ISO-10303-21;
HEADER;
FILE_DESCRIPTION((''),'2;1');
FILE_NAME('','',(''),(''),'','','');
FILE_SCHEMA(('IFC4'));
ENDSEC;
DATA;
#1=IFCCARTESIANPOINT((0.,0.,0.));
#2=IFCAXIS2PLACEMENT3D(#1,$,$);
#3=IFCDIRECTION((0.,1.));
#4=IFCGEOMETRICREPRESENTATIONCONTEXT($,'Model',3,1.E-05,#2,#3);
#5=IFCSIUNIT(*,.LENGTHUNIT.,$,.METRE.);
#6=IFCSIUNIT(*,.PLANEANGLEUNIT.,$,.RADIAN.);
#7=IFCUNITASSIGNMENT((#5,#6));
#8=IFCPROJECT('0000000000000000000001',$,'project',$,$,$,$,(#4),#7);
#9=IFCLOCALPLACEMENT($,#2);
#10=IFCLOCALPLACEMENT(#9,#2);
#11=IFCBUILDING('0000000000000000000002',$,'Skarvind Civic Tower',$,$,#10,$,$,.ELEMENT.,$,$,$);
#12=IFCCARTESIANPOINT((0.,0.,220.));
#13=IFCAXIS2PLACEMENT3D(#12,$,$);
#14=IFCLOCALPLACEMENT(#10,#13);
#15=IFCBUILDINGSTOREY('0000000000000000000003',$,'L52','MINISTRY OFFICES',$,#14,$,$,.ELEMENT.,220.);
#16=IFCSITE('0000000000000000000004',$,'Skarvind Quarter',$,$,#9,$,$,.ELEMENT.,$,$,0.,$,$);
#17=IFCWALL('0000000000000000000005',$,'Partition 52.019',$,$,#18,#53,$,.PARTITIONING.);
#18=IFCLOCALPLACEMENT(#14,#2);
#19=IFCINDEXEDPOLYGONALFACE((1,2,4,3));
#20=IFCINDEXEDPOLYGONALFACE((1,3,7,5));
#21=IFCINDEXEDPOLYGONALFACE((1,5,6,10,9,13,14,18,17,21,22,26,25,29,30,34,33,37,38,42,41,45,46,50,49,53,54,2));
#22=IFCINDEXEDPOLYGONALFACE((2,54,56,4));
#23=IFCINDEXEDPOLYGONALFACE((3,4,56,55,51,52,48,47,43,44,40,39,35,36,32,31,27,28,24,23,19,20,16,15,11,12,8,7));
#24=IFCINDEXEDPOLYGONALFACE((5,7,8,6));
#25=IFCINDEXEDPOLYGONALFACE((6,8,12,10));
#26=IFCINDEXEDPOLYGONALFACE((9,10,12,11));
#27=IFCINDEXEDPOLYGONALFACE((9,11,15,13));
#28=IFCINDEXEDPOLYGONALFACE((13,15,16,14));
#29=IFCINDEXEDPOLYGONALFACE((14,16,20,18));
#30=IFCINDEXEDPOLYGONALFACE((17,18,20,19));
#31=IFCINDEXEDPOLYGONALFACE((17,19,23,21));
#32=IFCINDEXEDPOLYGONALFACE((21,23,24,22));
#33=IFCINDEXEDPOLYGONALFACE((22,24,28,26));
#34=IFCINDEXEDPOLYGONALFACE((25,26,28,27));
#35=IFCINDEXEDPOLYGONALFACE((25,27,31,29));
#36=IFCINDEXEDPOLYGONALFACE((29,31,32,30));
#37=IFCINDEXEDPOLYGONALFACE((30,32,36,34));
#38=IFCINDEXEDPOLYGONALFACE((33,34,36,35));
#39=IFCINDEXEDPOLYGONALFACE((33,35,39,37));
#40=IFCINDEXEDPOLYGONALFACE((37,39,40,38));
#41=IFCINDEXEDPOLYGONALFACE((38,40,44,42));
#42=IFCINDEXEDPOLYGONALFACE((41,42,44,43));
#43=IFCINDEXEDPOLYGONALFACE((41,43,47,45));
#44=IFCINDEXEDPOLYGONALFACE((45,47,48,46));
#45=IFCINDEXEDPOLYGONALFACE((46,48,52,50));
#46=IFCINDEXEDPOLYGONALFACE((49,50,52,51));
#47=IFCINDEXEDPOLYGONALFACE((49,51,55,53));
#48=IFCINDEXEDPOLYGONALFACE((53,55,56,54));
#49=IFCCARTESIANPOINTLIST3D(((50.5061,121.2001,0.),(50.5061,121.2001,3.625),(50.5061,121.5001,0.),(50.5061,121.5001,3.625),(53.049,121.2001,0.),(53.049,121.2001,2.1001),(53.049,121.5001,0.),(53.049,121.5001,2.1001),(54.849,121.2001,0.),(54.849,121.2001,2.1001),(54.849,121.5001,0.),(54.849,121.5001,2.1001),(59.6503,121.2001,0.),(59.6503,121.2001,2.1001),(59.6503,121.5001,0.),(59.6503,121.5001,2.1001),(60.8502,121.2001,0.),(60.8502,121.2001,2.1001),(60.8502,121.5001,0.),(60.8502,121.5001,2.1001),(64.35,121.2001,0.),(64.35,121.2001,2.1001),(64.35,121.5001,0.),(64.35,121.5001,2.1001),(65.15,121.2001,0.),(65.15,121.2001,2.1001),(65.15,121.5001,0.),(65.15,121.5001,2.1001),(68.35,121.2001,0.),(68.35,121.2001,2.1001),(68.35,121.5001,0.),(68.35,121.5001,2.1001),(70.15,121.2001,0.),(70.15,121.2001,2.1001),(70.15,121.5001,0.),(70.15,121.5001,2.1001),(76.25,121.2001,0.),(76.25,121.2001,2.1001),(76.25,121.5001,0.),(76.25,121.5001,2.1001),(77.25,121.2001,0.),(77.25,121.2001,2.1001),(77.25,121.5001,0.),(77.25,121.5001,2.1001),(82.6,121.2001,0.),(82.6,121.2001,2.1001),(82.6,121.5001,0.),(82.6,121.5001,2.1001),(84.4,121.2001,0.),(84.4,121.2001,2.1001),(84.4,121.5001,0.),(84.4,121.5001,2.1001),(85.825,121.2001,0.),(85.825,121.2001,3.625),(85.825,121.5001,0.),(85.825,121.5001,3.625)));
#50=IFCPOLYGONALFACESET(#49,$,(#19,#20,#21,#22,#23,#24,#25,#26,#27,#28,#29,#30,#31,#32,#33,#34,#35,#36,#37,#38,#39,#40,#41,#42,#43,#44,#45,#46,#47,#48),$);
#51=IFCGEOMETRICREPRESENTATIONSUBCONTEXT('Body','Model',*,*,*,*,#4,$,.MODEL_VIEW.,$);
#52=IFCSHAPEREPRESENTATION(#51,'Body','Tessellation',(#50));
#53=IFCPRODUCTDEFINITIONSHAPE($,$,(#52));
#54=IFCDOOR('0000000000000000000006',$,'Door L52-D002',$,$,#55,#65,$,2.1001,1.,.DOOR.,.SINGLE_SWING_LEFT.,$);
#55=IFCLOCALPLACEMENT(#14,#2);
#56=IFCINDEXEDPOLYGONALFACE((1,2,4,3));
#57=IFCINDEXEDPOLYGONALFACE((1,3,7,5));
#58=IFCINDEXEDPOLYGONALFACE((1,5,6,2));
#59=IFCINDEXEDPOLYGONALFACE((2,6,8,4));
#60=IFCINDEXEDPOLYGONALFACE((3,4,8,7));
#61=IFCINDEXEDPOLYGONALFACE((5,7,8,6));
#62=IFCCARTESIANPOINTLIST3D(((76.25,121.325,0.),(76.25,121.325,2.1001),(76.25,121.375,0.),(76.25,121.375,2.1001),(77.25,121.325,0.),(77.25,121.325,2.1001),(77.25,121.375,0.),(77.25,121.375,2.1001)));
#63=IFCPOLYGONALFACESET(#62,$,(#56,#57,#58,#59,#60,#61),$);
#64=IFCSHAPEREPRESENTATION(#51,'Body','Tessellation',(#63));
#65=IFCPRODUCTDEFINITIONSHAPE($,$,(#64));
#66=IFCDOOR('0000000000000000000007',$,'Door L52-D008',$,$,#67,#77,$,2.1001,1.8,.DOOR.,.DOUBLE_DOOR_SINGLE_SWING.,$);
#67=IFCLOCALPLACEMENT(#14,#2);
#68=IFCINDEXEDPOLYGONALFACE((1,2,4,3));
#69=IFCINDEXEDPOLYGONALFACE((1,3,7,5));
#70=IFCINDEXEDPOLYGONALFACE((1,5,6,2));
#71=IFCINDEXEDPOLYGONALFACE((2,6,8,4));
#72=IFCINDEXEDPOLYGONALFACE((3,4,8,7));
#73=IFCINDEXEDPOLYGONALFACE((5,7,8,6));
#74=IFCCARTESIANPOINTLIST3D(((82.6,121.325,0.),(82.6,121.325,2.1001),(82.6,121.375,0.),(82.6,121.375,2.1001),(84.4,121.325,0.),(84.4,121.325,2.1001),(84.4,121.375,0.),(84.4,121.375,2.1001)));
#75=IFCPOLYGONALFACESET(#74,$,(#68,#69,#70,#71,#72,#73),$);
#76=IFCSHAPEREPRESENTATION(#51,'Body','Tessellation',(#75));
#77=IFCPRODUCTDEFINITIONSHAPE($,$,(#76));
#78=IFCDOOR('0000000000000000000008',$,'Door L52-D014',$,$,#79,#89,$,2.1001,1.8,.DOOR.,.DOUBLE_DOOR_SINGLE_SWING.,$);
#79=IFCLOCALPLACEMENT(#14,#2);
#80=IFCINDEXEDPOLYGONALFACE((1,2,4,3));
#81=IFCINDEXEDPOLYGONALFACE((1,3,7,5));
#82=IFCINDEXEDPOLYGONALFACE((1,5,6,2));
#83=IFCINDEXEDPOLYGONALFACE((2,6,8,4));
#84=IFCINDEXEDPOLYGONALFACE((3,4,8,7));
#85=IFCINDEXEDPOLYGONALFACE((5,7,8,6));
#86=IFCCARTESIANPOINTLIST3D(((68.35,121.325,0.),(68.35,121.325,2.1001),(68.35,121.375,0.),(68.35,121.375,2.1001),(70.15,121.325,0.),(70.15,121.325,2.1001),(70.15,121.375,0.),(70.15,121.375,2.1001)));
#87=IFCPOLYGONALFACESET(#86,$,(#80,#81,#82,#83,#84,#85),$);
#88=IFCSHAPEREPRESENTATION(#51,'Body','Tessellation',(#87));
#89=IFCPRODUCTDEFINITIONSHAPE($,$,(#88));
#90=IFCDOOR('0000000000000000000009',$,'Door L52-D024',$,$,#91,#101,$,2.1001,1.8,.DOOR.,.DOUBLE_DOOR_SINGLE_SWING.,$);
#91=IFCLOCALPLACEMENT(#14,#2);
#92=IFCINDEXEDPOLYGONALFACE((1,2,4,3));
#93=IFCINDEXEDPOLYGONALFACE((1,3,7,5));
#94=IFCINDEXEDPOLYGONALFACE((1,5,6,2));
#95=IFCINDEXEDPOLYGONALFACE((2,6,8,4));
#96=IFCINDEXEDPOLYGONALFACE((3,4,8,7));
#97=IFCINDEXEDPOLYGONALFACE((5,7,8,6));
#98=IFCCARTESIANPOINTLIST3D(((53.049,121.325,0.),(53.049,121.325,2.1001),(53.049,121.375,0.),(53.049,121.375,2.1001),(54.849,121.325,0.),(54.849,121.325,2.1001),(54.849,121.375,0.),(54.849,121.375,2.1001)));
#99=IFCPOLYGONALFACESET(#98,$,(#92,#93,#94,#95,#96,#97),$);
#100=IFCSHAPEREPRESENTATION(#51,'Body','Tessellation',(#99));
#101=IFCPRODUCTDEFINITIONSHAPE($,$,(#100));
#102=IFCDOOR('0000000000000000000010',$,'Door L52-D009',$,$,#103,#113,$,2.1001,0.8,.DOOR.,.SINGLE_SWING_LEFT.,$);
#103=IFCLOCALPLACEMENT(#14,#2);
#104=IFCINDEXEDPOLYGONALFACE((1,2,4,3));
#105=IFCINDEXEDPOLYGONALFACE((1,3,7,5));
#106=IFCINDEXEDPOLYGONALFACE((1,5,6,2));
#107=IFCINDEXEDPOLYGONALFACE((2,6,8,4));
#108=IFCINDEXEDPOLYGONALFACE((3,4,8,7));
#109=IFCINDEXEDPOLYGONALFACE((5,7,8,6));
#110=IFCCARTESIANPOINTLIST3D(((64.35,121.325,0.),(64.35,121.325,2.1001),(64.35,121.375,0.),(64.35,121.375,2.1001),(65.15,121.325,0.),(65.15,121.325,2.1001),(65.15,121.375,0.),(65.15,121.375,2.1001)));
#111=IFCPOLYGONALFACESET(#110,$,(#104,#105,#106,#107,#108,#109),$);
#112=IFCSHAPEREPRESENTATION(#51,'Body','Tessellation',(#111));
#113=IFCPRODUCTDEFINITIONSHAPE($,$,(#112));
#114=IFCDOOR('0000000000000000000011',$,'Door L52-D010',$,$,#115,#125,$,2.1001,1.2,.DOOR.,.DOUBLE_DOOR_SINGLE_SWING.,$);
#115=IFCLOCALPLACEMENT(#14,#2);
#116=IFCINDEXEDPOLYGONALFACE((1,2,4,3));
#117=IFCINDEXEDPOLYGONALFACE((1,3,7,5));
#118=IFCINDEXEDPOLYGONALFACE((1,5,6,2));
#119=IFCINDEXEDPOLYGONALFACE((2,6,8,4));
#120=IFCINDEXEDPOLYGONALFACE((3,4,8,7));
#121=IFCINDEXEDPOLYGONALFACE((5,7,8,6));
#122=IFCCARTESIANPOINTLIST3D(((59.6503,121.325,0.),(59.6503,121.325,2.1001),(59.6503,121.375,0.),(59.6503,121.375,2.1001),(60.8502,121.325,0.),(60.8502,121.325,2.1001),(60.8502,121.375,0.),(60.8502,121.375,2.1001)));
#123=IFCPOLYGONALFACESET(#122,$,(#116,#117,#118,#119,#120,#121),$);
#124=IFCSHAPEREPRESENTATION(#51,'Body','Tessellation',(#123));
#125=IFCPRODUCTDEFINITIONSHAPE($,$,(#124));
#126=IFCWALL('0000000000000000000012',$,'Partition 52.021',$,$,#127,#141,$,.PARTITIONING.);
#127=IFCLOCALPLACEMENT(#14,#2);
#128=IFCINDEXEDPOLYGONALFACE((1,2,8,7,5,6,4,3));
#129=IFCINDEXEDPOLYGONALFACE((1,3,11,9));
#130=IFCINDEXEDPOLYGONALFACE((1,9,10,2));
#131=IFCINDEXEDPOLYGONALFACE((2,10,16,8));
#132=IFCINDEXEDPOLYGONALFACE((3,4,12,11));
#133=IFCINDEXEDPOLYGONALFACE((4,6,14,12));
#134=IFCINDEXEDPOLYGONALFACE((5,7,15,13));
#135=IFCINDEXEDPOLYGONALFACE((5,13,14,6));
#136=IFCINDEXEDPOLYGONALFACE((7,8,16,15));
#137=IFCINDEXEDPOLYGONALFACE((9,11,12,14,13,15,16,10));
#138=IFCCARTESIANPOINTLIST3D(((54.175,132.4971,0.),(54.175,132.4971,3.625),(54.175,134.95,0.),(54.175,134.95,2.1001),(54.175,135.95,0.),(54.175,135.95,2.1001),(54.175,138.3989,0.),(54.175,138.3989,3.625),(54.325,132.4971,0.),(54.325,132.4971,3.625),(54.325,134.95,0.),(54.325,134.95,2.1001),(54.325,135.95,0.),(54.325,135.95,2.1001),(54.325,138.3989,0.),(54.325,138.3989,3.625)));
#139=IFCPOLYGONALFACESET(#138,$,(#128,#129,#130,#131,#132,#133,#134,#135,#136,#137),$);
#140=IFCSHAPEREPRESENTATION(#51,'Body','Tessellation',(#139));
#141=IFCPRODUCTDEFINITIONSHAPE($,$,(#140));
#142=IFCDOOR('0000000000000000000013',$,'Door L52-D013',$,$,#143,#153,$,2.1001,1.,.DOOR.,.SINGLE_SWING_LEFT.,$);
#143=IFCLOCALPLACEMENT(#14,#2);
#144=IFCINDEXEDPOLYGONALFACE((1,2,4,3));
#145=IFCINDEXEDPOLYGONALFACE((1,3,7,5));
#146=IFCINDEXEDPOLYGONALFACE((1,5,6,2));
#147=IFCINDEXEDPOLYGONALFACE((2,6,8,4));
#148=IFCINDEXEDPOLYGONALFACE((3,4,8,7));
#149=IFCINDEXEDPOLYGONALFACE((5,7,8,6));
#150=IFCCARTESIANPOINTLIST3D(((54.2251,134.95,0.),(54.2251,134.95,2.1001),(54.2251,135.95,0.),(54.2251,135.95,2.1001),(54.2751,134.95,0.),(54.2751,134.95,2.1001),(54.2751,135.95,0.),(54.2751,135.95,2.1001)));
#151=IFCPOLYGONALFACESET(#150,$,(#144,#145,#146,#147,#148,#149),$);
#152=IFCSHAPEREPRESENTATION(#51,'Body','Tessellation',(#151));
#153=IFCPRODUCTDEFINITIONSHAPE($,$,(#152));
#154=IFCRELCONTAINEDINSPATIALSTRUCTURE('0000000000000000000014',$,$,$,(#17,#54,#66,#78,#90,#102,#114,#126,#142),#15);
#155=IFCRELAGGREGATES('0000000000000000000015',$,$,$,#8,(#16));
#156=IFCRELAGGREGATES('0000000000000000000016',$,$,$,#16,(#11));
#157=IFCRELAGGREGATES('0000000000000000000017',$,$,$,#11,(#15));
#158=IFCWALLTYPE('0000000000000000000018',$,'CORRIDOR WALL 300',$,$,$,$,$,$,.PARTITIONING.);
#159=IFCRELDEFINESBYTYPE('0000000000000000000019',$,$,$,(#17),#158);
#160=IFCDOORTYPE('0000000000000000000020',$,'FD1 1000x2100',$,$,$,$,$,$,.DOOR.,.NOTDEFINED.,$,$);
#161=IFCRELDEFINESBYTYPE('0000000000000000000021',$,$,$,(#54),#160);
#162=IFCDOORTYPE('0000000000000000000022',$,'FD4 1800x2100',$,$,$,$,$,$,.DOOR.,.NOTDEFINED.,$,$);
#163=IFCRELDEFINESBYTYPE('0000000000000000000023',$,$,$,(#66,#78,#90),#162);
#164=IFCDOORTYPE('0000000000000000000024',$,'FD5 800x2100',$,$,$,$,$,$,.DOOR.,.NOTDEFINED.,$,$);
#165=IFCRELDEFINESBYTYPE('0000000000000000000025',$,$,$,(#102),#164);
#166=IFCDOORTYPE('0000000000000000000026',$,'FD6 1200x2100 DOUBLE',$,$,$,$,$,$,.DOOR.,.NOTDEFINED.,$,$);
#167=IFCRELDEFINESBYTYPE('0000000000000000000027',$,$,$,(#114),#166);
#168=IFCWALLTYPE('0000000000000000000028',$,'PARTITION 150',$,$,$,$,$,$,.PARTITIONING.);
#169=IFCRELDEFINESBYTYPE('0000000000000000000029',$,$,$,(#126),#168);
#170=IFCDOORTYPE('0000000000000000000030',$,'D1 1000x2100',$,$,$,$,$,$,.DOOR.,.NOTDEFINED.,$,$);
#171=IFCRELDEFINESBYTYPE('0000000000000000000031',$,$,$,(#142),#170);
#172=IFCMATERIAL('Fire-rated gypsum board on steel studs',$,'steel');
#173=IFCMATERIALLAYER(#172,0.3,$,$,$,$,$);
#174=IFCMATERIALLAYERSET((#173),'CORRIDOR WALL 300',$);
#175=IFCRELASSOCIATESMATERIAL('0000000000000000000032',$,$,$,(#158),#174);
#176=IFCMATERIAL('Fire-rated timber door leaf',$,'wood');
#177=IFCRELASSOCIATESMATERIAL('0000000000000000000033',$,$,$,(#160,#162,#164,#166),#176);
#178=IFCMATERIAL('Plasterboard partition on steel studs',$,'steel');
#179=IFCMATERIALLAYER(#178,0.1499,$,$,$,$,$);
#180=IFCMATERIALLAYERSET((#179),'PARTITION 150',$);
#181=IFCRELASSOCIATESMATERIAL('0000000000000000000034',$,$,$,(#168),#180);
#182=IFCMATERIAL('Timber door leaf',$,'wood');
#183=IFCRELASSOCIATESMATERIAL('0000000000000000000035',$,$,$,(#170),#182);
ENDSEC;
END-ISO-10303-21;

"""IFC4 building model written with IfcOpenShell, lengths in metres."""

from ifc_helpers import new_model, si_unit, direction, frame, frame_2d, origin, place, context, subcontext, project, spatial, rectangle, extrude, material, layer, layer_set, type_object, element, fill, save


model = new_model("IFC4")

# Units and contexts
model_context = context("Model", 3, precision=1e-05, world=origin(), true_north=direction((0.0, 1.0)))
body_context = subcontext(model_context, "Body", "Model", "MODEL_VIEW")
ifc_project = project(units=[si_unit("LENGTHUNIT", "METRE"), si_unit("PLANEANGLEUNIT", "RADIAN")], contexts=[model_context])

# Site, building, storey
site_placement = place(None, origin())
site = spatial("IfcSite", under=ifc_project, at=site_placement, Name="Skarvind Quarter", CompositionType="ELEMENT", RefElevation=0.0)
building_placement = place(site_placement, origin())
building = spatial("IfcBuilding", under=site, at=building_placement, Name="Skarvind Civic Tower", CompositionType="ELEMENT")
storey_placement = place(building_placement, frame((0.0, 0.0, 220.0)))
storey = spatial("IfcBuildingStorey", under=building, at=storey_placement, Name="L52", Description="MINISTRY OFFICES", CompositionType="ELEMENT", Elevation=220.0)

# Wall, openings, doors
ifc_material_1 = material(Name="Fire-rated gypsum board on steel studs", Category="steel")
ifc_layer_1 = layer(ifc_material_1, 0.3)
ifc_layer_set_1 = layer_set([ifc_layer_1], Name="CORRIDOR WALL 300")
wall_type_1 = type_object("IfcWallType", Name="CORRIDOR WALL 300", PredefinedType="PARTITIONING", material=ifc_layer_set_1)
wall_1_placement = place(storey_placement, frame((50.5061, 121.3501, 0.0), z_axis=(0.0, 0.0, 1.0), x_axis=(1.0, 0.0, 0.0)))
wall_1 = element("IfcWall", 1, at=wall_1_placement, inside=storey, type_object=wall_type_1, Name="Partition 52.019", PredefinedType="PARTITIONING", context=body_context, shape_type="SweptSolid", body=[
    extrude(rectangle(XDim=35.3188, YDim=0.3, at=frame_2d((17.6594, 0.0))), origin(), (0.0, 0.0, 1.0), 3.625),
])
opening_1_placement = place(wall_1_placement, frame((25.7439, 0.0, 0.0)))
opening_1 = element("IfcOpeningElement", 2, at=opening_1_placement, cuts=wall_1, PredefinedType="OPENING", context=body_context, shape_type="SweptSolid", body=[
    extrude(rectangle(XDim=1.0, YDim=2.1001, at=frame_2d((0.5, 1.05))), frame((0.0, 0.1599, 0.0), z_axis=(0.0, -1.0, 0.0), x_axis=(1.0, 0.0, 0.0)), (0.0, 0.0, 1.0), 0.3201),
])
opening_2_placement = place(wall_1_placement, frame((32.094, 0.0, 0.0)))
opening_2 = element("IfcOpeningElement", 3, at=opening_2_placement, cuts=wall_1, PredefinedType="OPENING", context=body_context, shape_type="SweptSolid", body=[
    extrude(rectangle(XDim=1.8, YDim=2.1001, at=frame_2d((0.8999, 1.05))), frame((0.0, 0.1599, 0.0), z_axis=(0.0, -1.0, 0.0), x_axis=(1.0, 0.0, 0.0)), (0.0, 0.0, 1.0), 0.3201),
])
opening_3_placement = place(wall_1_placement, frame((13.844, 0.0, 0.0)))
opening_3 = element("IfcOpeningElement", 4, at=opening_3_placement, cuts=wall_1, PredefinedType="OPENING", context=body_context, shape_type="SweptSolid", body=[
    extrude(rectangle(XDim=0.8, YDim=2.1001, at=frame_2d((0.3999, 1.05))), frame((0.0, 0.1599, 0.0), z_axis=(0.0, -1.0, 0.0), x_axis=(1.0, 0.0, 0.0)), (0.0, 0.0, 1.0), 0.3201),
])
opening_4_placement = place(wall_1_placement, frame((9.144, 0.0, 0.0)))
opening_4 = element("IfcOpeningElement", 5, at=opening_4_placement, cuts=wall_1, PredefinedType="OPENING", context=body_context, shape_type="SweptSolid", body=[
    extrude(rectangle(XDim=1.2, YDim=2.1001, at=frame_2d((0.6001, 1.05))), frame((0.0, 0.1599, 0.0), z_axis=(0.0, -1.0, 0.0), x_axis=(1.0, 0.0, 0.0)), (0.0, 0.0, 1.0), 0.3201),
])
opening_5_placement = place(wall_1_placement, frame((17.844, 0.0, 0.0)))
opening_5 = element("IfcOpeningElement", 6, at=opening_5_placement, cuts=wall_1, PredefinedType="OPENING", context=body_context, shape_type="SweptSolid", body=[
    extrude(rectangle(XDim=1.8, YDim=2.1001, at=frame_2d((0.8999, 1.05))), frame((0.0, 0.1599, 0.0), z_axis=(0.0, -1.0, 0.0), x_axis=(1.0, 0.0, 0.0)), (0.0, 0.0, 1.0), 0.3201),
])
opening_6_placement = place(wall_1_placement, frame((2.543, 0.0, 0.0)))
opening_6 = element("IfcOpeningElement", 7, at=opening_6_placement, cuts=wall_1, PredefinedType="OPENING", context=body_context, shape_type="SweptSolid", body=[
    extrude(rectangle(XDim=1.8, YDim=2.1001, at=frame_2d((0.8999, 1.05))), frame((0.0, 0.1599, 0.0), z_axis=(0.0, -1.0, 0.0), x_axis=(1.0, 0.0, 0.0)), (0.0, 0.0, 1.0), 0.3201),
])
ifc_material_2 = material(Name="Fire-rated timber door leaf", Category="wood")
door_type_1 = type_object("IfcDoorType", Name="FD1 1000x2100", OperationType="NOTDEFINED", PredefinedType="DOOR", material=ifc_material_2)
door_1_placement = place(opening_1_placement, origin())
door_1 = element("IfcDoor", 8, at=door_1_placement, inside=storey, type_object=door_type_1, Name="Door L52-D002", OperationType="SINGLE_SWING_LEFT", OverallHeight=2.1001, OverallWidth=1.0, PredefinedType="DOOR", context=body_context, shape_type="SweptSolid", body=[
    extrude(rectangle(XDim=1.0, YDim=2.1001, at=frame_2d((0.5, 1.05))), frame((0.0, 0.0249, 0.0), z_axis=(0.0, -1.0, 0.0), x_axis=(1.0, 0.0, 0.0)), (0.0, 0.0, 1.0), 0.05),
])
fill(opening_1, door_1)
door_type_2 = type_object("IfcDoorType", Name="FD4 1800x2100", OperationType="NOTDEFINED", PredefinedType="DOOR", material=ifc_material_2)
door_2_placement = place(opening_2_placement, origin())
door_2 = element("IfcDoor", 9, at=door_2_placement, inside=storey, type_object=door_type_2, Name="Door L52-D008", OperationType="DOUBLE_DOOR_SINGLE_SWING", OverallHeight=2.1001, OverallWidth=1.8, PredefinedType="DOOR", context=body_context, shape_type="SweptSolid", body=[
    extrude(rectangle(XDim=1.8, YDim=2.1001, at=frame_2d((0.8999, 1.05))), frame((0.0, 0.0249, 0.0), z_axis=(0.0, -1.0, 0.0), x_axis=(1.0, 0.0, 0.0)), (0.0, 0.0, 1.0), 0.05),
])
fill(opening_2, door_2)
door_3_placement = place(opening_5_placement, origin())
door_3 = element("IfcDoor", 10, at=door_3_placement, inside=storey, type_object=door_type_2, Name="Door L52-D014", OperationType="DOUBLE_DOOR_SINGLE_SWING", OverallHeight=2.1001, OverallWidth=1.8, PredefinedType="DOOR", context=body_context, shape_type="SweptSolid", body=[
    extrude(rectangle(XDim=1.8, YDim=2.1001, at=frame_2d((0.8999, 1.05))), frame((0.0, 0.0249, 0.0), z_axis=(0.0, -1.0, 0.0), x_axis=(1.0, 0.0, 0.0)), (0.0, 0.0, 1.0), 0.05),
])
fill(opening_5, door_3)
door_4_placement = place(opening_6_placement, origin())
door_4 = element("IfcDoor", 11, at=door_4_placement, inside=storey, type_object=door_type_2, Name="Door L52-D024", OperationType="DOUBLE_DOOR_SINGLE_SWING", OverallHeight=2.1001, OverallWidth=1.8, PredefinedType="DOOR", context=body_context, shape_type="SweptSolid", body=[
    extrude(rectangle(XDim=1.8, YDim=2.1001, at=frame_2d((0.8999, 1.05))), frame((0.0, 0.0249, 0.0), z_axis=(0.0, -1.0, 0.0), x_axis=(1.0, 0.0, 0.0)), (0.0, 0.0, 1.0), 0.05),
])
fill(opening_6, door_4)
door_type_3 = type_object("IfcDoorType", Name="FD5 800x2100", OperationType="NOTDEFINED", PredefinedType="DOOR", material=ifc_material_2)
door_5_placement = place(opening_3_placement, origin())
door_5 = element("IfcDoor", 12, at=door_5_placement, inside=storey, type_object=door_type_3, Name="Door L52-D009", OperationType="SINGLE_SWING_LEFT", OverallHeight=2.1001, OverallWidth=0.8, PredefinedType="DOOR", context=body_context, shape_type="SweptSolid", body=[
    extrude(rectangle(XDim=0.8, YDim=2.1001, at=frame_2d((0.3999, 1.05))), frame((0.0, 0.0249, 0.0), z_axis=(0.0, -1.0, 0.0), x_axis=(1.0, 0.0, 0.0)), (0.0, 0.0, 1.0), 0.05),
])
fill(opening_3, door_5)
door_type_4 = type_object("IfcDoorType", Name="FD6 1200x2100 DOUBLE", OperationType="NOTDEFINED", PredefinedType="DOOR", material=ifc_material_2)
door_6_placement = place(opening_4_placement, origin())
door_6 = element("IfcDoor", 13, at=door_6_placement, inside=storey, type_object=door_type_4, Name="Door L52-D010", OperationType="DOUBLE_DOOR_SINGLE_SWING", OverallHeight=2.1001, OverallWidth=1.2, PredefinedType="DOOR", context=body_context, shape_type="SweptSolid", body=[
    extrude(rectangle(XDim=1.2, YDim=2.1001, at=frame_2d((0.6001, 1.05))), frame((0.0, 0.0249, 0.0), z_axis=(0.0, -1.0, 0.0), x_axis=(1.0, 0.0, 0.0)), (0.0, 0.0, 1.0), 0.05),
])
fill(opening_4, door_6)

# Wall, opening, door
ifc_material_3 = material(Name="Plasterboard partition on steel studs", Category="steel")
ifc_layer_2 = layer(ifc_material_3, 0.1499)
ifc_layer_set_2 = layer_set([ifc_layer_2], Name="PARTITION 150")
wall_type_2 = type_object("IfcWallType", Name="PARTITION 150", PredefinedType="PARTITIONING", material=ifc_layer_set_2)
wall_2_placement = place(storey_placement, frame((54.25, 132.4971, 0.0), z_axis=(0.0, 0.0, 1.0), x_axis=(0.0, 1.0, 0.0)))
wall_2 = element("IfcWall", 14, at=wall_2_placement, inside=storey, type_object=wall_type_2, Name="Partition 52.021", PredefinedType="PARTITIONING", context=body_context, shape_type="SweptSolid", body=[
    extrude(rectangle(XDim=5.9019, YDim=0.1499, at=frame_2d((2.9509, 0.0))), origin(), (0.0, 0.0, 1.0), 3.625),
])
opening_7_placement = place(wall_2_placement, frame((2.4529, 0.0, 0.0)))
opening_7 = element("IfcOpeningElement", 15, at=opening_7_placement, cuts=wall_2, PredefinedType="OPENING", context=body_context, shape_type="SweptSolid", body=[
    extrude(rectangle(XDim=1.0, YDim=2.1001, at=frame_2d((0.5, 1.05))), frame((0.0, 0.085, 0.0), z_axis=(0.0, -1.0, 0.0), x_axis=(1.0, 0.0, 0.0)), (0.0, 0.0, 1.0), 0.1699),
])
ifc_material_4 = material(Name="Timber door leaf", Category="wood")
door_type_5 = type_object("IfcDoorType", Name="D1 1000x2100", OperationType="NOTDEFINED", PredefinedType="DOOR", material=ifc_material_4)
door_7_placement = place(opening_7_placement, origin())
door_7 = element("IfcDoor", 16, at=door_7_placement, inside=storey, type_object=door_type_5, Name="Door L52-D013", OperationType="SINGLE_SWING_LEFT", OverallHeight=2.1001, OverallWidth=1.0, PredefinedType="DOOR", context=body_context, shape_type="SweptSolid", body=[
    extrude(rectangle(XDim=1.0, YDim=2.1001, at=frame_2d((0.5, 1.05))), frame((0.0, 0.0249, 0.0), z_axis=(0.0, -1.0, 0.0), x_axis=(1.0, 0.0, 0.0)), (0.0, 0.0, 1.0), 0.05),
])
fill(opening_7, door_7)

save(model, "model.ifc")
